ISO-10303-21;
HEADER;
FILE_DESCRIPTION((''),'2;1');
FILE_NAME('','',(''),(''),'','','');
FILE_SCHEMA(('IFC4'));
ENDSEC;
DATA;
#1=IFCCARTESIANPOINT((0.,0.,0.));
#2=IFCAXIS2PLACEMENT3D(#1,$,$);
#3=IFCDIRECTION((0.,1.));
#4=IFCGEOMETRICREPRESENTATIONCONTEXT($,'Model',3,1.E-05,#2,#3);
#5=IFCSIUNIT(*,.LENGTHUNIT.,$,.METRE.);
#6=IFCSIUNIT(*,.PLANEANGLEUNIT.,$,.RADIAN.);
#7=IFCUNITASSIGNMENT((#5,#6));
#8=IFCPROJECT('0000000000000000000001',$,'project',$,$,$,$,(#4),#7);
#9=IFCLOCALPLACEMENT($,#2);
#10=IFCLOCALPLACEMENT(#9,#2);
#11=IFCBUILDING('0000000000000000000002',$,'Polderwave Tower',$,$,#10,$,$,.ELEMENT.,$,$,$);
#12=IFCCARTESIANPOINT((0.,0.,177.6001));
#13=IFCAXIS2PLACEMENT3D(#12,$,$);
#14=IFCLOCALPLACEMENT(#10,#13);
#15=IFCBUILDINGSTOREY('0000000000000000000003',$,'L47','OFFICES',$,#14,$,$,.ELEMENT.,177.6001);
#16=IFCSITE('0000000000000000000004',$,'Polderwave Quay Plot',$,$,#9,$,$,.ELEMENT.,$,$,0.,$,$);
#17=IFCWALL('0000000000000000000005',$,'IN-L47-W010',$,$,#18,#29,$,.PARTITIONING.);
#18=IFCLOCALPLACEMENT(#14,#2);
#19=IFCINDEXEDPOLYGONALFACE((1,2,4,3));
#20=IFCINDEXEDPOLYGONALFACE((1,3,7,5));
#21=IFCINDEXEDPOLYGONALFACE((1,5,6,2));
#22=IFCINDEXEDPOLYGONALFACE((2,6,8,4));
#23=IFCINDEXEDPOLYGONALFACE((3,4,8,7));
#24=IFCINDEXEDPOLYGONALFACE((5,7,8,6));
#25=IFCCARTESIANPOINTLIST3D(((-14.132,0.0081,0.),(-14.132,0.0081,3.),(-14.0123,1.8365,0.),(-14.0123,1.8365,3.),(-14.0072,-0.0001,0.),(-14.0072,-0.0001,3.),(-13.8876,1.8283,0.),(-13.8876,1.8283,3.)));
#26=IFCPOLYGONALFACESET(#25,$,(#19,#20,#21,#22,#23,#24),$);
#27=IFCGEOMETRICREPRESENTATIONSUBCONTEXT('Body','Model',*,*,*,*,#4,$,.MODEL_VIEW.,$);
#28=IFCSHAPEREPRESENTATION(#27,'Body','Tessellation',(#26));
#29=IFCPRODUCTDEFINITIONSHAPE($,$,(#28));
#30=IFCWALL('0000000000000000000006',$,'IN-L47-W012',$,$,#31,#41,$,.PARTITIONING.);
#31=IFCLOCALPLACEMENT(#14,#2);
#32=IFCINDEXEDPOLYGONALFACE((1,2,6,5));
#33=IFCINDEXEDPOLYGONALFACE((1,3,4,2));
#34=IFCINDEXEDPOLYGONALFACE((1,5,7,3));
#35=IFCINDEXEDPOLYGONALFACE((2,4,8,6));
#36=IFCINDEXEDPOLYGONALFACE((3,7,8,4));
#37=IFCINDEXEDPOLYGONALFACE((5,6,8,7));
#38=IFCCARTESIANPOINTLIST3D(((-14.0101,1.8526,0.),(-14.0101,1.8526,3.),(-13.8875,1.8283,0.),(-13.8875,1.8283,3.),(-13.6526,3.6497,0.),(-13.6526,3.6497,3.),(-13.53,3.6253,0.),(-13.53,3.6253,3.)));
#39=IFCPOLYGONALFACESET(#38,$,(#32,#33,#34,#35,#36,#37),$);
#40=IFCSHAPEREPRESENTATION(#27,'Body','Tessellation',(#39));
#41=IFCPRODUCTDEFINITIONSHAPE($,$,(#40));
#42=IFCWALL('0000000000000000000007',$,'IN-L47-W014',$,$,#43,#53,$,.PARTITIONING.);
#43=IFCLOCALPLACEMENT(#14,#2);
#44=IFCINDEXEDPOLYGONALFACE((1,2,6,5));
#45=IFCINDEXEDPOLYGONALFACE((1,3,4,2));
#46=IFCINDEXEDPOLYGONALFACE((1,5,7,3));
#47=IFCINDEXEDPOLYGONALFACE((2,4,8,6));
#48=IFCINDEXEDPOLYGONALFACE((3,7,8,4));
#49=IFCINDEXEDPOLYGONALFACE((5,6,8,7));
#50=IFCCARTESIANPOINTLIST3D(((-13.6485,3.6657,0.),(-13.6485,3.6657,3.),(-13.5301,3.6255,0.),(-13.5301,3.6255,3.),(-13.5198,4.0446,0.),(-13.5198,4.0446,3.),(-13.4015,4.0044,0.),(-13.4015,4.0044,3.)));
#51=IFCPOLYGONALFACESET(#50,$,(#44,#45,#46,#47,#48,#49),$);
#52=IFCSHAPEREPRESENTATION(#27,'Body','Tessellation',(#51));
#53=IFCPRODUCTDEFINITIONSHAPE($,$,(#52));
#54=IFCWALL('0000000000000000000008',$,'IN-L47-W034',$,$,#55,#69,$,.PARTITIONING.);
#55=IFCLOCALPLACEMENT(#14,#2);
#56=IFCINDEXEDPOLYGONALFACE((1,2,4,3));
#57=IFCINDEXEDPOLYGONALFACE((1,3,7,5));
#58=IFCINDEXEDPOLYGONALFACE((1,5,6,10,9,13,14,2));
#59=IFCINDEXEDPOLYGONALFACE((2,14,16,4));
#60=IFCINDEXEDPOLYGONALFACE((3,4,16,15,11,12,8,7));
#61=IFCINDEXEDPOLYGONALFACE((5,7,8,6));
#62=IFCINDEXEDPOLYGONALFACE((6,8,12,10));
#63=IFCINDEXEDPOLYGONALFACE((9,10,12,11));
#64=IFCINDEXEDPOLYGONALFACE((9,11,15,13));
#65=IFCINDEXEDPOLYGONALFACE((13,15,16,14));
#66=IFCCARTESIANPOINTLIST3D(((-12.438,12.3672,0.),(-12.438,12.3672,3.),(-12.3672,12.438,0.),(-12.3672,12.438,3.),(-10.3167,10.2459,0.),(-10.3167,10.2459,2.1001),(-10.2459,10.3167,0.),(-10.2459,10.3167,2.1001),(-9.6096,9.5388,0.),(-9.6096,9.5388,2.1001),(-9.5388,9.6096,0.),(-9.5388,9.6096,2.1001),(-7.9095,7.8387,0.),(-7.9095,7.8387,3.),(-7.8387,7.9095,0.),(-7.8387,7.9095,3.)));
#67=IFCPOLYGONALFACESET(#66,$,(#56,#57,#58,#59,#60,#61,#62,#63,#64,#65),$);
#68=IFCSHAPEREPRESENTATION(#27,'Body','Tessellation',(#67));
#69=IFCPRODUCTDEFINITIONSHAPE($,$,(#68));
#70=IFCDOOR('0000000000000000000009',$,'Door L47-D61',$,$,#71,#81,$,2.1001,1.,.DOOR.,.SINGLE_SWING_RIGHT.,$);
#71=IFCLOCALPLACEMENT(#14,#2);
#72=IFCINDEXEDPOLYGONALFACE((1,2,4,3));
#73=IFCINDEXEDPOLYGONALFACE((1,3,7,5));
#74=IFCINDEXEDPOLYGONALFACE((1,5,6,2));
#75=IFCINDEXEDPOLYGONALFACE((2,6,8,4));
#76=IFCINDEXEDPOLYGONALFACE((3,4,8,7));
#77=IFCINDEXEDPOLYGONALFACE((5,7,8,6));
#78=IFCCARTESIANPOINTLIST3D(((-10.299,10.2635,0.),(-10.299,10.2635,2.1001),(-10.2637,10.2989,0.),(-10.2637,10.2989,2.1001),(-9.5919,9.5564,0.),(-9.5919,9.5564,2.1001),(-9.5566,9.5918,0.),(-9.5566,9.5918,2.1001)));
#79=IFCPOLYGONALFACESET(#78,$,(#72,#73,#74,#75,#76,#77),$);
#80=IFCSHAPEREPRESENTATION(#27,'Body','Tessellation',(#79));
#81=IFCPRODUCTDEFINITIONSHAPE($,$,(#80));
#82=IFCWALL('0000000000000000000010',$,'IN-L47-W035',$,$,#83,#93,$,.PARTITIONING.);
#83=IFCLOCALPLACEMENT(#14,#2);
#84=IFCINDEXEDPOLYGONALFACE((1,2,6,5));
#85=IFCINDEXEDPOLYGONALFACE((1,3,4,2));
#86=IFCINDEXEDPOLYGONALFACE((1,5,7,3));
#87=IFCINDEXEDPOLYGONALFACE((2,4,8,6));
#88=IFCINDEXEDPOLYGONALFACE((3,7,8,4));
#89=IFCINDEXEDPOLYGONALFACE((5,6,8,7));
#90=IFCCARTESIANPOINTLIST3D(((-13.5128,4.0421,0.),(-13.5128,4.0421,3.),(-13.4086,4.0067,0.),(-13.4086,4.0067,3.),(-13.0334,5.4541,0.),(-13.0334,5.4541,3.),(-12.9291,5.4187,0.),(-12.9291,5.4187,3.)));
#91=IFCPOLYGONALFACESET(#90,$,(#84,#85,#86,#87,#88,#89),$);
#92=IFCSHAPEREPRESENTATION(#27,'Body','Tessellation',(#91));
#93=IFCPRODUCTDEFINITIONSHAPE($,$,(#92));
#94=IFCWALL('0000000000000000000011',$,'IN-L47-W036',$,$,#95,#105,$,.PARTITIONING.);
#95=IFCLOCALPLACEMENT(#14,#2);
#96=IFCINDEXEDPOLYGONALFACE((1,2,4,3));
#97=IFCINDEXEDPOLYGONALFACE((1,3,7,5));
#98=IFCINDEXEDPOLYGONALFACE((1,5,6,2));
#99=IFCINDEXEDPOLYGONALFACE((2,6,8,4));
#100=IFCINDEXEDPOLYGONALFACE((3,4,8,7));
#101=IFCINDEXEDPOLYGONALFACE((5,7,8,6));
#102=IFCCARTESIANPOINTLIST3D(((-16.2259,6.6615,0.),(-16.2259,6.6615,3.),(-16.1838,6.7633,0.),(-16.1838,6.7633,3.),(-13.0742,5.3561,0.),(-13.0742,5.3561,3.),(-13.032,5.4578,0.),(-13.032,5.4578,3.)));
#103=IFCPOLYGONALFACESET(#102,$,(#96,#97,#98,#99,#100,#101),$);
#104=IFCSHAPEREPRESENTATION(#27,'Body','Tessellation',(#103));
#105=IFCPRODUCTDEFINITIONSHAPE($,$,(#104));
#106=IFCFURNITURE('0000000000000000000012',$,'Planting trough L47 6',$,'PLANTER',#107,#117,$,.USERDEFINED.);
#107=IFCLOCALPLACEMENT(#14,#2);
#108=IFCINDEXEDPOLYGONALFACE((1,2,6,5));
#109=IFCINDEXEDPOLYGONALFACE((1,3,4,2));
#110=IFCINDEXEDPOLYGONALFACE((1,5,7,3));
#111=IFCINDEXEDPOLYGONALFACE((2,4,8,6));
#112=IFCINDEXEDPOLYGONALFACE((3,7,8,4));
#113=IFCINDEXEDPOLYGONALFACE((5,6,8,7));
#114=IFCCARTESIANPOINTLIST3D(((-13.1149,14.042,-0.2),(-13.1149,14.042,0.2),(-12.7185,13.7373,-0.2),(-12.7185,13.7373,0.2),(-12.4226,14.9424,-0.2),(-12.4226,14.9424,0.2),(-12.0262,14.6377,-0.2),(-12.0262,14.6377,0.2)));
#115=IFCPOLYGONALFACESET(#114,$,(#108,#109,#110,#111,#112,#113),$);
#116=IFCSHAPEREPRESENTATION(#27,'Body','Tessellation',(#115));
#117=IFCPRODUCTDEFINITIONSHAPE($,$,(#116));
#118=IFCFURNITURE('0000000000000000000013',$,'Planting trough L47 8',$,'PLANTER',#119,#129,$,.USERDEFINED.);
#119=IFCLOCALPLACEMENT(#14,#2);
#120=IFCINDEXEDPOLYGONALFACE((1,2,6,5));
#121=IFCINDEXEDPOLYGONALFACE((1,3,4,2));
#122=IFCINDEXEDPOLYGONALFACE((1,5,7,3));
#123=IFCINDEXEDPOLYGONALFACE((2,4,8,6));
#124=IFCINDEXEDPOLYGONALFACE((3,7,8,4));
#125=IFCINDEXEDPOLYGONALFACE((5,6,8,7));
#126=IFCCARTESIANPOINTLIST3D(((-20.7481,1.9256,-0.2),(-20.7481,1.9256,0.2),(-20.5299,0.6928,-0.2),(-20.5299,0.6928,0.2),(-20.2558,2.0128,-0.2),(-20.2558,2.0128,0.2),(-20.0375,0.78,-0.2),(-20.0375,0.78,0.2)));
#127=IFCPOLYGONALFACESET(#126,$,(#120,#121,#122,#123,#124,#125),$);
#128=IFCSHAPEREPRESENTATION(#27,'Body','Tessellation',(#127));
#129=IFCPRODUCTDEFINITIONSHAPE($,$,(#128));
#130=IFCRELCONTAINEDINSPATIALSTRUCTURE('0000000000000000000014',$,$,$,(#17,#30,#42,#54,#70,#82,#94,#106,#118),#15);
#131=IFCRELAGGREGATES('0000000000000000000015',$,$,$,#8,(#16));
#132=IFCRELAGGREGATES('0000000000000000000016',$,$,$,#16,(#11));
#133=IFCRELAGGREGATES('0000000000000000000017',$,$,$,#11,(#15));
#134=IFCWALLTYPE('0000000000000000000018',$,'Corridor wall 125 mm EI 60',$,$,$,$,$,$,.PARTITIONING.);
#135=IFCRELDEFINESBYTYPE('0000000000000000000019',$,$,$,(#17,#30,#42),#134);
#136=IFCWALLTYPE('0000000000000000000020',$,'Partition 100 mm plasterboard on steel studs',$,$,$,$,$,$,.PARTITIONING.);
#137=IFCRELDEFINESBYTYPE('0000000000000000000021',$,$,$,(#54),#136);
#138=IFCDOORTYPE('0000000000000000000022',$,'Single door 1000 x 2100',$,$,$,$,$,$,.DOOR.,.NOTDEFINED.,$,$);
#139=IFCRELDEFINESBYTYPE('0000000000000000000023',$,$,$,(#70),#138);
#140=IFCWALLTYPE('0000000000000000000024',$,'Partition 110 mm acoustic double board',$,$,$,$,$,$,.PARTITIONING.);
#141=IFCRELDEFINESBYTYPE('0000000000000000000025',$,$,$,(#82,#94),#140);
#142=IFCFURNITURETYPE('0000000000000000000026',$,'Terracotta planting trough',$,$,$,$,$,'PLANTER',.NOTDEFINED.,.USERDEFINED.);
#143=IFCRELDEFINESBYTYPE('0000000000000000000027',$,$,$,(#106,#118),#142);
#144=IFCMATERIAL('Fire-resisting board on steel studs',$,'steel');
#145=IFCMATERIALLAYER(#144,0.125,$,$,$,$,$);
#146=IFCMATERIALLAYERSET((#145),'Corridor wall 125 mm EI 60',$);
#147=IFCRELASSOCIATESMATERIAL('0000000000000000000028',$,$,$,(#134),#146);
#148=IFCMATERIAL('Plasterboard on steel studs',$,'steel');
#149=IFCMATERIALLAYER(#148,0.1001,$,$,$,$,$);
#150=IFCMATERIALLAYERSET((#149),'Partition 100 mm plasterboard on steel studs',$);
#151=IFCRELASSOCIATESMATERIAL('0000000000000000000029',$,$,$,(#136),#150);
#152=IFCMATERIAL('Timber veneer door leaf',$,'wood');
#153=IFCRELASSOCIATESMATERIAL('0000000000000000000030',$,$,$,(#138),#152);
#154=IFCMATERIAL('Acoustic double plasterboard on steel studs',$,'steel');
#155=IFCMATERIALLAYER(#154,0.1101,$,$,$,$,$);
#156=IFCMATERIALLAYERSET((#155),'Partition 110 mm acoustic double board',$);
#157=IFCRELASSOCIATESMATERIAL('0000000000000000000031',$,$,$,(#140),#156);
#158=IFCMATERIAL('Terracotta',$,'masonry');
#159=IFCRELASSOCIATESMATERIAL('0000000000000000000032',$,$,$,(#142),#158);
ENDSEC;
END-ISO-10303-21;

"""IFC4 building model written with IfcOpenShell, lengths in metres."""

from ifc_helpers import new_model, si_unit, direction, frame, frame_2d, origin, origin_2d, place, context, subcontext, project, spatial, rectangle, extrude, material, layer, layer_set, type_object, element, fill, save


model = new_model("IFC4")

# Units and contexts
model_context = context("Model", 3, precision=1e-05, world=origin(), true_north=direction((0.0, 1.0)))
body_context = subcontext(model_context, "Body", "Model", "MODEL_VIEW")
ifc_project = project(units=[si_unit("LENGTHUNIT", "METRE"), si_unit("PLANEANGLEUNIT", "RADIAN")], contexts=[model_context])

# Site, building, storey
site_placement = place(None, origin())
site = spatial("IfcSite", under=ifc_project, at=site_placement, Name="Polderwave Quay Plot", CompositionType="ELEMENT", RefElevation=0.0)
building_placement = place(site_placement, origin())
building = spatial("IfcBuilding", under=site, at=building_placement, Name="Polderwave Tower", CompositionType="ELEMENT")
storey_placement = place(building_placement, frame((0.0, 0.0, 177.6001)))
storey = spatial("IfcBuildingStorey", under=building, at=storey_placement, Name="L47", Description="OFFICES", CompositionType="ELEMENT", Elevation=177.6001)

# Shared definitions
ifc_material_1 = material(Name="Fire-resisting board on steel studs", Category="steel")
ifc_layer_1 = layer(ifc_material_1, 0.125)
ifc_layer_set_1 = layer_set([ifc_layer_1], Name="Corridor wall 125 mm EI 60")
wall_type_1 = type_object("IfcWallType", Name="Corridor wall 125 mm EI 60", PredefinedType="PARTITIONING", material=ifc_layer_set_1)

# Walls
for number, where, z_axis, x_axis, name in (
    (1, (-14.0696, 0.0042, 0.0), (0.0, 0.0, 1.0), (0.06529, 0.997866, 0.0), "IN-L47-W010"),
    (2, (-13.9487, 1.8406, 0.0), (0.0, 0.0, 1.0), (0.195065, 0.98079, 0.0), "IN-L47-W012"),
):
    element("IfcWall", number, at=place(storey_placement, frame(where, z_axis=z_axis, x_axis=x_axis)), inside=storey, type_object=wall_type_1, Name=name, PredefinedType="PARTITIONING", context=body_context, shape_type="SweptSolid", body=[
        extrude(rectangle(XDim=1.8323, YDim=0.125, at=frame_2d((0.916, 0.0))), origin(), (0.0, 0.0, 1.0), 3.0),
    ])
wall_1_placement = place(storey_placement, frame((-13.5894, 3.6455, 0.0), z_axis=(0.0, 0.0, 1.0), x_axis=(0.321531, 0.946899, 0.0)))
element("IfcWall", 3, at=wall_1_placement, inside=storey, type_object=wall_type_1, Name="IN-L47-W014", PredefinedType="PARTITIONING", context=body_context, shape_type="SweptSolid", body=[
    extrude(rectangle(XDim=0.4001, YDim=0.125, at=frame_2d((0.2002, 0.0))), origin(), (0.0, 0.0, 1.0), 3.0),
])

# Wall, opening, door
ifc_material_2 = material(Name="Plasterboard on steel studs", Category="steel")
ifc_layer_2 = layer(ifc_material_2, 0.1001)
ifc_layer_set_2 = layer_set([ifc_layer_2], Name="Partition 100 mm plasterboard on steel studs")
wall_type_2 = type_object("IfcWallType", Name="Partition 100 mm plasterboard on steel studs", PredefinedType="PARTITIONING", material=ifc_layer_set_2)
wall_2_placement = place(storey_placement, frame((-12.4026, 12.4026, 0.0), z_axis=(0.0, 0.0, 1.0), x_axis=(0.707107, -0.707107, 0.0)))
wall_2 = element("IfcWall", 4, at=wall_2_placement, inside=storey, type_object=wall_type_2, Name="IN-L47-W034", PredefinedType="PARTITIONING", context=body_context, shape_type="SweptSolid", body=[
    extrude(rectangle(XDim=6.4043, YDim=0.1001, at=frame_2d((3.2021, 0.0))), origin(), (0.0, 0.0, 1.0), 3.0),
])
opening_1_placement = place(wall_2_placement, frame((3.0, 0.0, 0.0)))
opening_1 = element("IfcOpeningElement", 5, at=opening_1_placement, cuts=wall_2, PredefinedType="OPENING", context=body_context, shape_type="SweptSolid", body=[
    extrude(rectangle(XDim=1.0, YDim=2.1001, at=frame_2d((0.5, 1.05))), frame((0.0, 0.0601, 0.0), z_axis=(0.0, -1.0, 0.0), x_axis=(1.0, 0.0, 0.0)), (0.0, 0.0, 1.0), 0.1201),
])
ifc_material_3 = material(Name="Timber veneer door leaf", Category="wood")
door_type_1 = type_object("IfcDoorType", Name="Single door 1000 x 2100", OperationType="NOTDEFINED", PredefinedType="DOOR", material=ifc_material_3)
door_1_placement = place(opening_1_placement, origin())
door_1 = element("IfcDoor", 6, at=door_1_placement, inside=storey, type_object=door_type_1, Name="Door L47-D61", OperationType="SINGLE_SWING_RIGHT", OverallHeight=2.1001, OverallWidth=1.0, PredefinedType="DOOR", context=body_context, shape_type="SweptSolid", body=[
    extrude(rectangle(XDim=1.0, YDim=2.1001, at=frame_2d((0.5, 1.05))), frame((0.0, 0.0249, 0.0), z_axis=(0.0, -1.0, 0.0), x_axis=(1.0, 0.0, 0.0)), (0.0, 0.0, 1.0), 0.05),
])
fill(opening_1, door_1)

# Walls
ifc_material_4 = material(Name="Acoustic double plasterboard on steel studs", Category="steel")
ifc_layer_3 = layer(ifc_material_4, 0.1101)
ifc_layer_set_3 = layer_set([ifc_layer_3], Name="Partition 110 mm acoustic double board")
wall_type_3 = type_object("IfcWallType", Name="Partition 110 mm acoustic double board", PredefinedType="PARTITIONING", material=ifc_layer_set_3)
wall_3_placement = place(storey_placement, frame((-13.4607, 4.0244, 0.0), z_axis=(0.0, 0.0, 1.0), x_axis=(0.321527, 0.9469, 0.0)))
element("IfcWall", 7, at=wall_3_placement, inside=storey, type_object=wall_type_3, Name="IN-L47-W035", PredefinedType="PARTITIONING", context=body_context, shape_type="SweptSolid", body=[
    extrude(rectangle(XDim=1.4912, YDim=0.1101, at=frame_2d((0.7456, 0.0))), origin(), (0.0, 0.0, 1.0), 3.0),
])
wall_4_placement = place(storey_placement, frame((-13.0532, 5.407, 0.0), z_axis=(0.0, 0.0, 1.0), x_axis=(-0.923882, 0.382678, 0.0)))
element("IfcWall", 8, at=wall_4_placement, inside=storey, type_object=wall_type_3, Name="IN-L47-W036", PredefinedType="PARTITIONING", context=body_context, shape_type="SweptSolid", body=[
    extrude(rectangle(XDim=3.4114, YDim=0.1101, at=frame_2d((1.7056, 0.0))), origin(), (0.0, 0.0, 1.0), 3.0),
])

# Furniture
ifc_material_5 = material(Name="Terracotta", Category="masonry")
furniture_type = type_object("IfcFurnitureType", Name="Terracotta planting trough", ElementType="PLANTER", AssemblyPlace="NOTDEFINED", PredefinedType="USERDEFINED", material=ifc_material_5)
furniture_1_placement = place(storey_placement, frame((-12.5706, 14.3398, -0.2), z_axis=(0.0, 0.0, 1.0), x_axis=(-0.60952, -0.792771, 0.0)))
element("IfcFurniture", 9, at=furniture_1_placement, inside=storey, type_object=furniture_type, Name="Planting trough L47 6", ObjectType="PLANTER", PredefinedType="USERDEFINED", context=body_context, shape_type="SweptSolid", body=[
    extrude(rectangle(XDim=1.1357, YDim=0.5, at=origin_2d()), origin(), (0.0, 0.0, 1.0), 0.3999),
])
furniture_2_placement = place(storey_placement, frame((-20.3928, 1.3528, -0.2), z_axis=(0.0, 0.0, 1.0), x_axis=(0.174341, -0.984685, 0.0)))
element("IfcFurniture", 10, at=furniture_2_placement, inside=storey, type_object=furniture_type, Name="Planting trough L47 8", ObjectType="PLANTER", PredefinedType="USERDEFINED", context=body_context, shape_type="SweptSolid", body=[
    extrude(rectangle(XDim=1.252, YDim=0.5, at=origin_2d()), origin(), (0.0, 0.0, 1.0), 0.3999),
])

save(model, "model.ifc")
